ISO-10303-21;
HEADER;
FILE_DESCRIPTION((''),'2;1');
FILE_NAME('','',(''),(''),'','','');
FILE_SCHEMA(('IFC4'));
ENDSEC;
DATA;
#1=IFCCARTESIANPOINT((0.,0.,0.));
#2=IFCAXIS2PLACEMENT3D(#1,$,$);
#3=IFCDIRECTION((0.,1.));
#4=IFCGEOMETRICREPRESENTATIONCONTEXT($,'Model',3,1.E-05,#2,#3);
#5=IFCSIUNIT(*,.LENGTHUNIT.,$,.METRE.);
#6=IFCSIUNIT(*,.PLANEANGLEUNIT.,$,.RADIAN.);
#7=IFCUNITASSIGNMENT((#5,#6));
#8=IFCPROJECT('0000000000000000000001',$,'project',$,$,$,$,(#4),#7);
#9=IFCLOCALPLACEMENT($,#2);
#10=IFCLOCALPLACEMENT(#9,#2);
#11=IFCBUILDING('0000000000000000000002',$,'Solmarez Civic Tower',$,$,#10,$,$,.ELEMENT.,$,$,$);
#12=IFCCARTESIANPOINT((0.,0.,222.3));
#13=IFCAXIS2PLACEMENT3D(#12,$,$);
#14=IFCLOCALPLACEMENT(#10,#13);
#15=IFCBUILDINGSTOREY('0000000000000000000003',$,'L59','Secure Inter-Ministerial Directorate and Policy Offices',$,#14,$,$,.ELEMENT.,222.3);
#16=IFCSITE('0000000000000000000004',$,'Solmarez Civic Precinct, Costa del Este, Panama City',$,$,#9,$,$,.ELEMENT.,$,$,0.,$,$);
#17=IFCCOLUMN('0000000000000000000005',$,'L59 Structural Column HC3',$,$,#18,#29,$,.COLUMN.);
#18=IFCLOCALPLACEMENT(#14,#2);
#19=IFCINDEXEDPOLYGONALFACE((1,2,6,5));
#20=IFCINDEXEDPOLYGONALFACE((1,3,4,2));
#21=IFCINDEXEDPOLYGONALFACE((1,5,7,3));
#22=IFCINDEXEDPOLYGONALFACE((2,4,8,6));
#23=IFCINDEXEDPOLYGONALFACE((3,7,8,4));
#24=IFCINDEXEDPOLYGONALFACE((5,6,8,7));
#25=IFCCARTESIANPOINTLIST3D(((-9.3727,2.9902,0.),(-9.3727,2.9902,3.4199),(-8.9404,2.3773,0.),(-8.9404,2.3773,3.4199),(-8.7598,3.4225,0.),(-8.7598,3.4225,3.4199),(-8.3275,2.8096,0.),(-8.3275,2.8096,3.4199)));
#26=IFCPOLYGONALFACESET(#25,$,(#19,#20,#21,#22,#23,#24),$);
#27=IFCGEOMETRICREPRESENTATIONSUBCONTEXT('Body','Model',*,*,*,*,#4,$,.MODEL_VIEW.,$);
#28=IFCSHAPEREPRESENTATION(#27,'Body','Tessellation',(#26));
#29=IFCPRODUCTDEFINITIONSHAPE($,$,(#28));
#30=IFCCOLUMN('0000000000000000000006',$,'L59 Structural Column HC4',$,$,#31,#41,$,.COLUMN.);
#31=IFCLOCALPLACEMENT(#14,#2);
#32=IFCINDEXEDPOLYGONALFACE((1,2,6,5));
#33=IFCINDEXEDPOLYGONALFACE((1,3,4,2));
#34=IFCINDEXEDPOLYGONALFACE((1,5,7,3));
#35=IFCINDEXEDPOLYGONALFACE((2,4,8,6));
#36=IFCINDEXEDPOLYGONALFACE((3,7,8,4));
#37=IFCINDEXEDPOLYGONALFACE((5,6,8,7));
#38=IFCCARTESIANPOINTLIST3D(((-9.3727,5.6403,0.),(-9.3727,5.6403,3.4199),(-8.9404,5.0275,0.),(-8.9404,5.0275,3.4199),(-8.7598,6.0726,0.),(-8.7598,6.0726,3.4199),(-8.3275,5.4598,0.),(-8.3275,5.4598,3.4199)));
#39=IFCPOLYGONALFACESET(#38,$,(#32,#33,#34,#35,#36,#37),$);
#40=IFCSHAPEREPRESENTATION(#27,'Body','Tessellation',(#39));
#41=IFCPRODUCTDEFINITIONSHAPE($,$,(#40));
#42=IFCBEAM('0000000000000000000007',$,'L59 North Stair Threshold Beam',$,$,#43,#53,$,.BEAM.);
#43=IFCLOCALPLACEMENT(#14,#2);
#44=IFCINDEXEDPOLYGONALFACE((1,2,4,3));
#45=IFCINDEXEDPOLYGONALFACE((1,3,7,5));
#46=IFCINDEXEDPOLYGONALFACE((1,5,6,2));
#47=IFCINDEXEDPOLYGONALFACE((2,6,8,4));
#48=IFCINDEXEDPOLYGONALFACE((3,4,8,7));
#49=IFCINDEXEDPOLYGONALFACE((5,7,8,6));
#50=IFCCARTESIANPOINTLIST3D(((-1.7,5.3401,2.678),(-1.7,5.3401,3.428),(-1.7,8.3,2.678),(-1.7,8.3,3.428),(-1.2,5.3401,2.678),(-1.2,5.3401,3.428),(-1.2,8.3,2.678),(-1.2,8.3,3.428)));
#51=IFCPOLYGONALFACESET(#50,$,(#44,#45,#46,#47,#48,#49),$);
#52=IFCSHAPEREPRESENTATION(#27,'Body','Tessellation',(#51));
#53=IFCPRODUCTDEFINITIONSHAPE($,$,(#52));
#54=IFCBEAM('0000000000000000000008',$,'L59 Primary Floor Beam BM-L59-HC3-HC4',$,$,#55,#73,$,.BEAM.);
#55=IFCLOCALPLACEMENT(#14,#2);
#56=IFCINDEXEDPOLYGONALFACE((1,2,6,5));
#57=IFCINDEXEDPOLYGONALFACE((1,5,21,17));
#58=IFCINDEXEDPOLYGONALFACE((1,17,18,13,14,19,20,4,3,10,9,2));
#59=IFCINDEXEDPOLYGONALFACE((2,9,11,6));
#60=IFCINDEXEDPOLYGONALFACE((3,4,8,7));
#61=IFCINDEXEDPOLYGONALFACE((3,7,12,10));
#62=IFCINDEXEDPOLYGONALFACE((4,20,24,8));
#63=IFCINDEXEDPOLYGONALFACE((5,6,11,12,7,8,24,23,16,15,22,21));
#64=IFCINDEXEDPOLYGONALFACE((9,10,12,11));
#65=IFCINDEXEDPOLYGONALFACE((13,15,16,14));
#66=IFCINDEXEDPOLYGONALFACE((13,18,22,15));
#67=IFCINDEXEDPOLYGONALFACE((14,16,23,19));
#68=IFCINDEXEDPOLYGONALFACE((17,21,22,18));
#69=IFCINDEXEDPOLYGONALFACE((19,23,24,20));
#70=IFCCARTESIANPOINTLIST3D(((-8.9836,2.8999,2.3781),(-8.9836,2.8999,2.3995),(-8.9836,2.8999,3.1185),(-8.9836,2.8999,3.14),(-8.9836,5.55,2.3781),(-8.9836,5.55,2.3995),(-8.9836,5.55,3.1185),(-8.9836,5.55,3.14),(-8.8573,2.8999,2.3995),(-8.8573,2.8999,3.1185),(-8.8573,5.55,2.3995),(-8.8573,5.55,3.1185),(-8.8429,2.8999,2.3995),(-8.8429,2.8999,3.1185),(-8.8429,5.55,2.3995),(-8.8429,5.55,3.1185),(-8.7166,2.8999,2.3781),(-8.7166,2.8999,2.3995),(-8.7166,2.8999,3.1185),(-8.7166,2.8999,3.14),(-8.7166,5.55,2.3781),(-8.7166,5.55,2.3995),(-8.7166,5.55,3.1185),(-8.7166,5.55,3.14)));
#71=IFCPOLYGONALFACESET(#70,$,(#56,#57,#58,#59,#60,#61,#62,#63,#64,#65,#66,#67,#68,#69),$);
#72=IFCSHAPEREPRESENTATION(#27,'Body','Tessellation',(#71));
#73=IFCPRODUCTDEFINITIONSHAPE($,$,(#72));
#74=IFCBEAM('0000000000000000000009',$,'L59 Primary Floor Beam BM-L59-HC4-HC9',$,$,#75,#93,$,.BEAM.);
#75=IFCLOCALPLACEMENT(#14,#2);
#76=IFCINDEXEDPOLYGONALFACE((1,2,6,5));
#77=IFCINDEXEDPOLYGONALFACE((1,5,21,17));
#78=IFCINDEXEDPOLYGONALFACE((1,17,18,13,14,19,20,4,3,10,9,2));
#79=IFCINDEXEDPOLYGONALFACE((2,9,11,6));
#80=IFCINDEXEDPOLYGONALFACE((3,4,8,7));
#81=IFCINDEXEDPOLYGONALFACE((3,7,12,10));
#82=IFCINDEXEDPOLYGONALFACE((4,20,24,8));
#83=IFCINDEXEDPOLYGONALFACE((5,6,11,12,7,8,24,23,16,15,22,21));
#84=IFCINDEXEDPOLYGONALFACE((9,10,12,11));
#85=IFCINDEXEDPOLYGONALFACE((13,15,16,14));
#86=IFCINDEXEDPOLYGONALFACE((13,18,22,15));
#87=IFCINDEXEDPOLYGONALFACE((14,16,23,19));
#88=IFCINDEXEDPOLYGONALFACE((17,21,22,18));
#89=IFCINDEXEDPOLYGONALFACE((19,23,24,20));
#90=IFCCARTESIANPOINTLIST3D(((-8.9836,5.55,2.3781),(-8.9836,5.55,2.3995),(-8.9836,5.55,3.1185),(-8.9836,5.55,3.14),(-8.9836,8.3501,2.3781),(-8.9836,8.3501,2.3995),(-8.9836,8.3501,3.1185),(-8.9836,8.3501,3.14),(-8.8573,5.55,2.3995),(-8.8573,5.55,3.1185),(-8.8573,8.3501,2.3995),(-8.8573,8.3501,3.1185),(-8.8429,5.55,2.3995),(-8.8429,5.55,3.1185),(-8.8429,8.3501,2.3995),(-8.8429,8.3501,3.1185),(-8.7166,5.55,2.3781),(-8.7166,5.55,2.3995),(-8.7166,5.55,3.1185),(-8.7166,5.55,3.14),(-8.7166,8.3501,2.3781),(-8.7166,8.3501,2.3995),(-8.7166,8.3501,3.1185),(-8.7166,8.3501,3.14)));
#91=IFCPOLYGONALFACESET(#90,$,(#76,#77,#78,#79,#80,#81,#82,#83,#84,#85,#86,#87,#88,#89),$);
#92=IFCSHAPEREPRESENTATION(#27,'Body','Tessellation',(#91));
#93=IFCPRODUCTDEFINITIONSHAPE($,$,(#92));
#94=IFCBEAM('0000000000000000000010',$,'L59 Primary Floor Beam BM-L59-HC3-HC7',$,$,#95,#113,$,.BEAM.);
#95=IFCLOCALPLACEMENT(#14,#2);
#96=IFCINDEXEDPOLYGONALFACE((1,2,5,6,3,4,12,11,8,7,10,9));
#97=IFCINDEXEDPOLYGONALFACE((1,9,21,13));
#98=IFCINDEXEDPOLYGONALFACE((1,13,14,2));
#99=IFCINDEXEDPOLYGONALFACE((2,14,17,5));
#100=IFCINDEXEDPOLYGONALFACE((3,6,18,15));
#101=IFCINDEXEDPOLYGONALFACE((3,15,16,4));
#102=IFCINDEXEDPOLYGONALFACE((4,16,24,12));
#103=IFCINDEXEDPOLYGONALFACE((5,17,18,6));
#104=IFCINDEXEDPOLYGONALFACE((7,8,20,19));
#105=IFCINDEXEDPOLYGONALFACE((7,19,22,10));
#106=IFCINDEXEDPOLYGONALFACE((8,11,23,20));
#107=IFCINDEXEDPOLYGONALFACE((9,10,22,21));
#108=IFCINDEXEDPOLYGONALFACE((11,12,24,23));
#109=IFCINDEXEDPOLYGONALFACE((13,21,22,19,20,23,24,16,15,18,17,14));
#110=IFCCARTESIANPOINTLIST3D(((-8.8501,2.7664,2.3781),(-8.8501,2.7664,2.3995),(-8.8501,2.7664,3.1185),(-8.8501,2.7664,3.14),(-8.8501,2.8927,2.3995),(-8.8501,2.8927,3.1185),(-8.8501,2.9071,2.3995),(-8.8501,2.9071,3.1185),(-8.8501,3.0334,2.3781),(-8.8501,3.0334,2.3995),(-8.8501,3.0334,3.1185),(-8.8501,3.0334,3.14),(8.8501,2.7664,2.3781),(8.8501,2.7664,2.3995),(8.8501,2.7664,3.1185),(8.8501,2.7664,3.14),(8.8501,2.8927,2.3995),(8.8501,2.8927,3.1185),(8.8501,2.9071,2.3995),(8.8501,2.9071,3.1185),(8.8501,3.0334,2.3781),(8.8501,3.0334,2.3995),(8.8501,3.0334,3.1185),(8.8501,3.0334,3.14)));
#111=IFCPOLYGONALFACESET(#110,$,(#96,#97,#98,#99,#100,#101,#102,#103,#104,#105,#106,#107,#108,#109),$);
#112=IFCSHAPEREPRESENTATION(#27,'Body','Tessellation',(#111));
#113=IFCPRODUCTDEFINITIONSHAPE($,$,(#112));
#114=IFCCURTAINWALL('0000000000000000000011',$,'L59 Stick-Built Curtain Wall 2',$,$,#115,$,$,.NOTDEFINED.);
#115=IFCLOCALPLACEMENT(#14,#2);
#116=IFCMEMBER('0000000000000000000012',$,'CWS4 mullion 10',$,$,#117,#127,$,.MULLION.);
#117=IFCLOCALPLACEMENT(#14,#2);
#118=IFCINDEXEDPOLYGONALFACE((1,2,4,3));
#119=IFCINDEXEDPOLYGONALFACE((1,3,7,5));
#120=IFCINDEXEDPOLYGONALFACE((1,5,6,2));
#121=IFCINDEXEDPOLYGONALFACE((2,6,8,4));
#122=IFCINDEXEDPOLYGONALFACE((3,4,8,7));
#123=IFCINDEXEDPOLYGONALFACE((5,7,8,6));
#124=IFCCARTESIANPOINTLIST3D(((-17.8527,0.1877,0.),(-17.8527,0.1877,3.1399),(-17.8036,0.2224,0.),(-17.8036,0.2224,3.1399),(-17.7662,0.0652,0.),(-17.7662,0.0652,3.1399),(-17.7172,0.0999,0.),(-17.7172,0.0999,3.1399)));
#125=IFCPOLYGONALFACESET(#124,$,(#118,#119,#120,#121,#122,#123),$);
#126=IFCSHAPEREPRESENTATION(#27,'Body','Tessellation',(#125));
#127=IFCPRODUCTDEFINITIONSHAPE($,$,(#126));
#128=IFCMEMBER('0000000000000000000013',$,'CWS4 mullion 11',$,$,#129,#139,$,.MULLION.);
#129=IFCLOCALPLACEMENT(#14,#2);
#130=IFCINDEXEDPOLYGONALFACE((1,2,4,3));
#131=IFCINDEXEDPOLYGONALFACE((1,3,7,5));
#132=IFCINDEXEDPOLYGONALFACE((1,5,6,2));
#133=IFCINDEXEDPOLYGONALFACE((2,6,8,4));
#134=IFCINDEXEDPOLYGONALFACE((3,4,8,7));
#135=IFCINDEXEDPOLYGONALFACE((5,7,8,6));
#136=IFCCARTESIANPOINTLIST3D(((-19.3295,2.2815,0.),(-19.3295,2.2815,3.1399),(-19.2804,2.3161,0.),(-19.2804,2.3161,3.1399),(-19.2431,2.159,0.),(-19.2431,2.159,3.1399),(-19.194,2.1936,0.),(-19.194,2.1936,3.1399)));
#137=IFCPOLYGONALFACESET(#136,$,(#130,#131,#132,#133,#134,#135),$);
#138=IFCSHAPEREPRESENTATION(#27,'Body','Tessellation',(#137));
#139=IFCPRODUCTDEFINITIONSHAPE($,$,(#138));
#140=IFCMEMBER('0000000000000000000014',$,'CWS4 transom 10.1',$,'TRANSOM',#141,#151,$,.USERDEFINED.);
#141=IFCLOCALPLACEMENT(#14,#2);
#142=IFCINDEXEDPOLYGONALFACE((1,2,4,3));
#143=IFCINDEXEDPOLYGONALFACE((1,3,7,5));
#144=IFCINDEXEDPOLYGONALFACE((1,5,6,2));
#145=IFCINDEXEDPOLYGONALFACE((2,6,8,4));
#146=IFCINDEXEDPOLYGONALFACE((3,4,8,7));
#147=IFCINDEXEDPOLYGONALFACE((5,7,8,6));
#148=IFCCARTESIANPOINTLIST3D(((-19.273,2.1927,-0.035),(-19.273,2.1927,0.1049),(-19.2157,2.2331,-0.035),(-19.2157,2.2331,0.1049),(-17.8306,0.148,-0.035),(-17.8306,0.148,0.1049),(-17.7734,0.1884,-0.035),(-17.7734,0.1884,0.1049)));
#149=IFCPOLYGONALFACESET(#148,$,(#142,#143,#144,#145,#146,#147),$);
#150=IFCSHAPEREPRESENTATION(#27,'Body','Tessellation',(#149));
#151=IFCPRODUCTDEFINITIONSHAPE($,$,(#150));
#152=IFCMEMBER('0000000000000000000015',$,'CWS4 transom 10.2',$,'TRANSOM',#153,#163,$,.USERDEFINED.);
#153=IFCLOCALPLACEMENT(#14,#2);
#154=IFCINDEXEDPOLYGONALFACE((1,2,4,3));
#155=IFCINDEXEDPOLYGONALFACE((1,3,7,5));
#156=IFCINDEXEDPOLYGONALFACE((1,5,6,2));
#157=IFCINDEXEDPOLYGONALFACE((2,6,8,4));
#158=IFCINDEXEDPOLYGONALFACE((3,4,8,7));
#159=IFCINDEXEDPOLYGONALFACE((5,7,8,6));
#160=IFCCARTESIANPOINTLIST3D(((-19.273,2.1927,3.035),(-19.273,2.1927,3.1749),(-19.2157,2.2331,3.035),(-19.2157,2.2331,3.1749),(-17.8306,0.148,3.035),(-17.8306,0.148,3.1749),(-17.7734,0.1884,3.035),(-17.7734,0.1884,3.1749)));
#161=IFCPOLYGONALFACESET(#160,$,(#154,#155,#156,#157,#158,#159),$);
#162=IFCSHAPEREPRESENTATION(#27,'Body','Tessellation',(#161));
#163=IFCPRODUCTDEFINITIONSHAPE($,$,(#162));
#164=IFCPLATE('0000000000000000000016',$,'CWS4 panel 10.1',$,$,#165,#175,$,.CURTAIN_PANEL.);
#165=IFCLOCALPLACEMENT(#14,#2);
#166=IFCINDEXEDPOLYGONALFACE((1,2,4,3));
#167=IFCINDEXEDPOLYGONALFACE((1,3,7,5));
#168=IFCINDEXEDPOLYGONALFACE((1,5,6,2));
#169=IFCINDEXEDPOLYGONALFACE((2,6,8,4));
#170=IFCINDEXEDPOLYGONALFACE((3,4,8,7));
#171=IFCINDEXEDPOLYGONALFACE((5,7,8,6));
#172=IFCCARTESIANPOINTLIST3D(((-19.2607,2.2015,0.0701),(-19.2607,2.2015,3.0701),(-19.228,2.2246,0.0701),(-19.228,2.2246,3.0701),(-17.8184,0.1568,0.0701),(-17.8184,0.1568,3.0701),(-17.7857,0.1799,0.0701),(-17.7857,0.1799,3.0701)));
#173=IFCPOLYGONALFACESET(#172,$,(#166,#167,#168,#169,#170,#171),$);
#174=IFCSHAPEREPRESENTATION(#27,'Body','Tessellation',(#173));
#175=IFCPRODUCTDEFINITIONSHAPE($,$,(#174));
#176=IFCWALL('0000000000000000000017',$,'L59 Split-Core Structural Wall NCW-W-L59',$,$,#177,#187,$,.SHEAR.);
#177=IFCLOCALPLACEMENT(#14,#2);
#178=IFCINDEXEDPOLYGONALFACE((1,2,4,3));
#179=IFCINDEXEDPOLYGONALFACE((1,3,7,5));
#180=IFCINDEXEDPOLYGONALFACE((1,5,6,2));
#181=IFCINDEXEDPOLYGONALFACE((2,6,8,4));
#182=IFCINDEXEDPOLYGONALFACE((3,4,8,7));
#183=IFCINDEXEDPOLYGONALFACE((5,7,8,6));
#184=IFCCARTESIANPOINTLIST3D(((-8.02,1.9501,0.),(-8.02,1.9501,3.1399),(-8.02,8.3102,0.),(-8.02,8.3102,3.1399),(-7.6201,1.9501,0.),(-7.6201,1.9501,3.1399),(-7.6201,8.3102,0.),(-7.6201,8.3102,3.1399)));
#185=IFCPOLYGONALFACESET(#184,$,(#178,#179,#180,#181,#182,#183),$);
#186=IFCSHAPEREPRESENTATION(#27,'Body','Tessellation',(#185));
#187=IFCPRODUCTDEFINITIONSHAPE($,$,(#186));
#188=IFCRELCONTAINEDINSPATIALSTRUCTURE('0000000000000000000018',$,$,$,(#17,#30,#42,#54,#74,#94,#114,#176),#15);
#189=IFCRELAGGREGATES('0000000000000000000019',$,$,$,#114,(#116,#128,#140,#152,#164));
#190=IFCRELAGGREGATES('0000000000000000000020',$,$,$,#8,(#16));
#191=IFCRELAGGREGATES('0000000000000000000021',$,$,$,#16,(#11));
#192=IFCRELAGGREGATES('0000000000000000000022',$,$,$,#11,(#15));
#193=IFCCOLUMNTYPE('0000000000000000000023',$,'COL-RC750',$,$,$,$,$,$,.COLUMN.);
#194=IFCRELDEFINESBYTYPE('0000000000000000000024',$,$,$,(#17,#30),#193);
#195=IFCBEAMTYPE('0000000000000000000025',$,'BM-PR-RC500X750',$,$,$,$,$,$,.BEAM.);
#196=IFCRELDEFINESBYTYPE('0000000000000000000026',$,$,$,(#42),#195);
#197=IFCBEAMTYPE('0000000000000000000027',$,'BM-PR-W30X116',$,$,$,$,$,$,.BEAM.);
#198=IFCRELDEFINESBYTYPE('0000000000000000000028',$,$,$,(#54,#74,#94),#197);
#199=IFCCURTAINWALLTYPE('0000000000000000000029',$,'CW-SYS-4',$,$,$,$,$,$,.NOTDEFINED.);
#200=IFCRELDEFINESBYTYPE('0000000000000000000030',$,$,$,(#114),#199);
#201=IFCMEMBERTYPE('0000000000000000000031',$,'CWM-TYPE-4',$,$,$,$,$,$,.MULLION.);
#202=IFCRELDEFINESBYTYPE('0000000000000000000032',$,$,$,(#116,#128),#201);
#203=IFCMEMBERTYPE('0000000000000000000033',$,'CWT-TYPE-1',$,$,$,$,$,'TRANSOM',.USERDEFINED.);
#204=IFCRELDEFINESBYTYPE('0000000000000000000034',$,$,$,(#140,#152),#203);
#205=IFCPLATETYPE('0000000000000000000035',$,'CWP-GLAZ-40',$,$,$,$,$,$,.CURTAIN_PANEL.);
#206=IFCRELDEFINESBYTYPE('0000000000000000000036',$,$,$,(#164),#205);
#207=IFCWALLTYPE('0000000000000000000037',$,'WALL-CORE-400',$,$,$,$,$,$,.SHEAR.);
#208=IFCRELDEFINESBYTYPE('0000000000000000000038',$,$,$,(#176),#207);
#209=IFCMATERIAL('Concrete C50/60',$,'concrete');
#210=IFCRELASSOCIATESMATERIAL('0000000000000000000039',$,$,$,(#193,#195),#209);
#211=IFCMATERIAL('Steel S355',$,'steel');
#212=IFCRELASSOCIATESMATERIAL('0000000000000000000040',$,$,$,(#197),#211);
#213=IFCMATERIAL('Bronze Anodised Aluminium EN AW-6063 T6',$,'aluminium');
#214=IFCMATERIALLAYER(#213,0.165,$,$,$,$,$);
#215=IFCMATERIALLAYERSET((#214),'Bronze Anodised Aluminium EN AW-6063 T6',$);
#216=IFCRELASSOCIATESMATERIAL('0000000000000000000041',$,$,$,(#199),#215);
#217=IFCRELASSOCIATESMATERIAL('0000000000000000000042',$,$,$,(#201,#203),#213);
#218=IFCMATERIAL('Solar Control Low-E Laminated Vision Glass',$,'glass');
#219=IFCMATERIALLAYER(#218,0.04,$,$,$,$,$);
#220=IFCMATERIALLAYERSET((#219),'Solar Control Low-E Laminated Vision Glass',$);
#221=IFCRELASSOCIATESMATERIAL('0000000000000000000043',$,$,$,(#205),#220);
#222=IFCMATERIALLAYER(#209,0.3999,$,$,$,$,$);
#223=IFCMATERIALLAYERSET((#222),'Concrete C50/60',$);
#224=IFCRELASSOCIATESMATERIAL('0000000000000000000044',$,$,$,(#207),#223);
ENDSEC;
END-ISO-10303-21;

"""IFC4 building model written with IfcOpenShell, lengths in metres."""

from ifc_helpers import new_model, si_unit, direction, frame, frame_2d, origin, origin_2d, place, context, subcontext, project, spatial, rectangle, i_section, extrude, material, layer, layer_set, material_profile, profile_set, type_object, element, aggregate, save


model = new_model("IFC4")

# Units and contexts
model_context = context("Model", 3, precision=1e-05, world=origin(), true_north=direction((0.0, 1.0)))
body_context = subcontext(model_context, "Body", "Model", "MODEL_VIEW")
ifc_project = project(units=[si_unit("LENGTHUNIT", "METRE"), si_unit("PLANEANGLEUNIT", "RADIAN")], contexts=[model_context])

# Site, building, storey
site_placement = place(None, origin())
site = spatial("IfcSite", under=ifc_project, at=site_placement, Name="Solmarez Civic Precinct, Costa del Este, Panama City", CompositionType="ELEMENT", RefElevation=0.0)
building_placement = place(site_placement, origin())
building = spatial("IfcBuilding", under=site, at=building_placement, Name="Solmarez Civic Tower", CompositionType="ELEMENT")
storey_placement = place(building_placement, frame((0.0, 0.0, 222.3)))
storey = spatial("IfcBuildingStorey", under=building, at=storey_placement, Name="L59", Description="Secure Inter-Ministerial Directorate and Policy Offices", CompositionType="ELEMENT", Elevation=222.3)

# Columns
ifc_material_1 = material(Name="Concrete C50/60", Category="concrete")
ifc_material_profile_1 = material_profile(ifc_material_1, rectangle(XDim=0.75, YDim=0.75, at=origin_2d()), Name="RC750X750")
ifc_profile_set_1 = profile_set([ifc_material_profile_1], Name="Concrete C50/60")
column_type = type_object("IfcColumnType", Name="COL-RC750", PredefinedType="COLUMN", material=ifc_profile_set_1)
for number, where, z_axis, x_axis, name in (
    (1, (-8.8501, 2.8999, 0.0), (0.0, 0.0, 1.0), (0.817145, 0.576432, 0.0), "L59 Structural Column HC3"),
    (2, (-8.8501, 5.55, 0.0), (0.0, 0.0, 1.0), (0.817145, 0.576432, 0.0), "L59 Structural Column HC4"),
):
    element("IfcColumn", number, at=place(storey_placement, frame(where, z_axis=z_axis, x_axis=x_axis)), inside=storey, type_object=column_type, Name=name, PredefinedType="COLUMN", context=body_context, shape_type="SweptSolid", body=[
        extrude(rectangle(XDim=0.75, YDim=0.75, at=origin_2d()), origin(), (0.0, 0.0, 1.0), 3.4199),
    ])

# Beams
ifc_material_profile_2 = material_profile(ifc_material_1, rectangle(XDim=0.5, YDim=0.75, at=origin_2d()), Name="RC500X750")
ifc_profile_set_2 = profile_set([ifc_material_profile_2], Name="Concrete C50/60")
beam_type_1 = type_object("IfcBeamType", Name="BM-PR-RC500X750", PredefinedType="BEAM", material=ifc_profile_set_2)
beam_1_placement = place(storey_placement, frame((-1.45, 5.3401, 3.053), z_axis=(0.0, 1.0, 0.0), x_axis=(-1.0, 0.0, 0.0)))
element("IfcBeam", 3, at=beam_1_placement, inside=storey, type_object=beam_type_1, Name="L59 North Stair Threshold Beam", PredefinedType="BEAM", context=body_context, shape_type="SweptSolid", body=[
    extrude(rectangle(XDim=0.5, YDim=0.75, at=origin_2d()), origin(), (0.0, 0.0, 1.0), 2.96),
])
ifc_material_2 = material(Name="Steel S355", Category="steel")
ifc_material_profile_3 = material_profile(ifc_material_2, i_section(OverallWidth=0.2671, OverallDepth=0.762, WebThickness=0.0144, FlangeThickness=0.0215, at=origin_2d()), Name="W30X116")
ifc_profile_set_3 = profile_set([ifc_material_profile_3], Name="Steel S355")
beam_type_2 = type_object("IfcBeamType", Name="BM-PR-W30X116", PredefinedType="BEAM", material=ifc_profile_set_3)
beam_2_placement = place(storey_placement, frame((-8.8501, 2.8999, 2.759), z_axis=(0.0, 1.0, 0.0), x_axis=(-1.0, 0.0, 0.0)))
element("IfcBeam", 4, at=beam_2_placement, inside=storey, type_object=beam_type_2, Name="L59 Primary Floor Beam BM-L59-HC3-HC4", PredefinedType="BEAM", context=body_context, shape_type="SweptSolid", body=[
    extrude(i_section(OverallWidth=0.2671, OverallDepth=0.762, WebThickness=0.0144, FlangeThickness=0.0215, at=origin_2d()), origin(), (0.0, 0.0, 1.0), 2.6501),
])
beam_3_placement = place(storey_placement, frame((-8.8501, 5.55, 2.759), z_axis=(0.0, 1.0, 0.0), x_axis=(-1.0, 0.0, 0.0)))
element("IfcBeam", 5, at=beam_3_placement, inside=storey, type_object=beam_type_2, Name="L59 Primary Floor Beam BM-L59-HC4-HC9", PredefinedType="BEAM", context=body_context, shape_type="SweptSolid", body=[
    extrude(i_section(OverallWidth=0.2671, OverallDepth=0.762, WebThickness=0.0144, FlangeThickness=0.0215, at=origin_2d()), origin(), (0.0, 0.0, 1.0), 2.8),
])
beam_4_placement = place(storey_placement, frame((-8.8501, 2.8999, 2.759), z_axis=(1.0, 0.0, 0.0), x_axis=(0.0, 1.0, 0.0)))
element("IfcBeam", 6, at=beam_4_placement, inside=storey, type_object=beam_type_2, Name="L59 Primary Floor Beam BM-L59-HC3-HC7", PredefinedType="BEAM", context=body_context, shape_type="SweptSolid", body=[
    extrude(i_section(OverallWidth=0.2671, OverallDepth=0.762, WebThickness=0.0144, FlangeThickness=0.0215, at=origin_2d()), origin(), (0.0, 0.0, 1.0), 17.7002),
])

# Curtain wall, members, plate
ifc_material_3 = material(Name="Bronze Anodised Aluminium EN AW-6063 T6", Category="aluminium")
ifc_layer_1 = layer(ifc_material_3, 0.165)
ifc_layer_set_1 = layer_set([ifc_layer_1], Name="Bronze Anodised Aluminium EN AW-6063 T6")
curtain_wall_type = type_object("IfcCurtainWallType", Name="CW-SYS-4", PredefinedType="NOTDEFINED", material=ifc_layer_set_1)
curtain_wall_placement = place(storey_placement, origin())
curtain_wall = element("IfcCurtainWall", 7, at=curtain_wall_placement, inside=storey, type_object=curtain_wall_type, Name="L59 Stick-Built Curtain Wall 2", PredefinedType="NOTDEFINED")
ifc_material_profile_4 = material_profile(ifc_material_3, rectangle(XDim=0.0601, YDim=0.1499, at=origin_2d()), Name="CWM-60X150")
ifc_profile_set_4 = profile_set([ifc_material_profile_4], Name="Bronze Anodised Aluminium EN AW-6063 T6")
member_type_1 = type_object("IfcMemberType", Name="CWM-TYPE-4", PredefinedType="MULLION", material=ifc_profile_set_4)
member_1_placement = place(storey_placement, frame((-17.7849, 0.1438, 0.0), z_axis=(0.0, 0.0, 1.0), x_axis=(-0.817162, -0.576408, 0.0)))
member_1 = element("IfcMember", 8, at=member_1_placement, type_object=member_type_1, Name="CWS4 mullion 10", PredefinedType="MULLION", context=body_context, shape_type="SweptSolid", body=[
    extrude(rectangle(XDim=0.0601, YDim=0.1499, at=origin_2d()), origin(), (0.0, 0.0, 1.0), 3.1399),
])
member_2_placement = place(storey_placement, frame((-19.2617, 2.2375, 0.0), z_axis=(0.0, 0.0, 1.0), x_axis=(-0.817162, -0.576408, 0.0)))
member_2 = element("IfcMember", 9, at=member_2_placement, type_object=member_type_1, Name="CWS4 mullion 11", PredefinedType="MULLION", context=body_context, shape_type="SweptSolid", body=[
    extrude(rectangle(XDim=0.0601, YDim=0.1499, at=origin_2d()), origin(), (0.0, 0.0, 1.0), 3.1399),
])
ifc_material_profile_5 = material_profile(ifc_material_3, rectangle(XDim=0.0701, YDim=0.1399, at=origin_2d()), Name="CWT-70X140")
ifc_profile_set_5 = profile_set([ifc_material_profile_5], Name="Bronze Anodised Aluminium EN AW-6063 T6")
member_type_2 = type_object("IfcMemberType", Name="CWT-TYPE-1", ElementType="TRANSOM", PredefinedType="USERDEFINED", material=ifc_profile_set_5)
member_3_placement = place(storey_placement, frame((-17.802, 0.1682, 0.0349), z_axis=(-0.576438, 0.817141, 0.0), x_axis=(-0.817141, -0.576438, 0.0)))
member_3 = element("IfcMember", 10, at=member_3_placement, type_object=member_type_2, Name="CWS4 transom 10.1", ObjectType="TRANSOM", PredefinedType="USERDEFINED", context=body_context, shape_type="SweptSolid", body=[
    extrude(rectangle(XDim=0.0701, YDim=0.1399, at=origin_2d()), origin(), (0.0, 0.0, 1.0), 2.5022),
])
member_4_placement = place(storey_placement, frame((-17.802, 0.1682, 3.105), z_axis=(-0.576438, 0.817141, 0.0), x_axis=(-0.817141, -0.576438, 0.0)))
member_4 = element("IfcMember", 11, at=member_4_placement, type_object=member_type_2, Name="CWS4 transom 10.2", ObjectType="TRANSOM", PredefinedType="USERDEFINED", context=body_context, shape_type="SweptSolid", body=[
    extrude(rectangle(XDim=0.0701, YDim=0.1399, at=origin_2d()), origin(), (0.0, 0.0, 1.0), 2.5022),
])
ifc_material_4 = material(Name="Solar Control Low-E Laminated Vision Glass", Category="glass")
ifc_layer_2 = layer(ifc_material_4, 0.04)
ifc_layer_set_2 = layer_set([ifc_layer_2], Name="Solar Control Low-E Laminated Vision Glass")
plate_type = type_object("IfcPlateType", Name="CWP-GLAZ-40", PredefinedType="CURTAIN_PANEL", material=ifc_layer_set_2)
plate_placement = place(storey_placement, frame((-18.5232, 1.1907, 0.0701), z_axis=(0.0, 0.0, 1.0), x_axis=(-0.576408, 0.817162, 0.0)))
plate = element("IfcPlate", 12, at=plate_placement, type_object=plate_type, Name="CWS4 panel 10.1", PredefinedType="CURTAIN_PANEL", context=body_context, shape_type="SweptSolid", body=[
    extrude(rectangle(XDim=2.5022, YDim=0.04, at=origin_2d()), origin(), (0.0, 0.0, 1.0), 3.0),
])
aggregate(curtain_wall, [member_1, member_2, member_3, member_4, plate])

# Wall
ifc_layer_3 = layer(ifc_material_1, 0.3999)
ifc_layer_set_3 = layer_set([ifc_layer_3], Name="Concrete C50/60")
wall_type_1 = type_object("IfcWallType", Name="WALL-CORE-400", PredefinedType="SHEAR", material=ifc_layer_set_3)
wall_1_placement = place(storey_placement, frame((-7.8201, 1.95, 0.0), z_axis=(0.0, 0.0, 1.0), x_axis=(0.0, 1.0, 0.0)))
element("IfcWall", 13, at=wall_1_placement, inside=storey, type_object=wall_type_1, Name="L59 Split-Core Structural Wall NCW-W-L59", PredefinedType="SHEAR", context=body_context, shape_type="SweptSolid", body=[
    extrude(rectangle(XDim=6.3601, YDim=0.3999, at=frame_2d((3.1802, 0.0))), origin(), (0.0, 0.0, 1.0), 3.1399),
])

save(model, "model.ifc")
